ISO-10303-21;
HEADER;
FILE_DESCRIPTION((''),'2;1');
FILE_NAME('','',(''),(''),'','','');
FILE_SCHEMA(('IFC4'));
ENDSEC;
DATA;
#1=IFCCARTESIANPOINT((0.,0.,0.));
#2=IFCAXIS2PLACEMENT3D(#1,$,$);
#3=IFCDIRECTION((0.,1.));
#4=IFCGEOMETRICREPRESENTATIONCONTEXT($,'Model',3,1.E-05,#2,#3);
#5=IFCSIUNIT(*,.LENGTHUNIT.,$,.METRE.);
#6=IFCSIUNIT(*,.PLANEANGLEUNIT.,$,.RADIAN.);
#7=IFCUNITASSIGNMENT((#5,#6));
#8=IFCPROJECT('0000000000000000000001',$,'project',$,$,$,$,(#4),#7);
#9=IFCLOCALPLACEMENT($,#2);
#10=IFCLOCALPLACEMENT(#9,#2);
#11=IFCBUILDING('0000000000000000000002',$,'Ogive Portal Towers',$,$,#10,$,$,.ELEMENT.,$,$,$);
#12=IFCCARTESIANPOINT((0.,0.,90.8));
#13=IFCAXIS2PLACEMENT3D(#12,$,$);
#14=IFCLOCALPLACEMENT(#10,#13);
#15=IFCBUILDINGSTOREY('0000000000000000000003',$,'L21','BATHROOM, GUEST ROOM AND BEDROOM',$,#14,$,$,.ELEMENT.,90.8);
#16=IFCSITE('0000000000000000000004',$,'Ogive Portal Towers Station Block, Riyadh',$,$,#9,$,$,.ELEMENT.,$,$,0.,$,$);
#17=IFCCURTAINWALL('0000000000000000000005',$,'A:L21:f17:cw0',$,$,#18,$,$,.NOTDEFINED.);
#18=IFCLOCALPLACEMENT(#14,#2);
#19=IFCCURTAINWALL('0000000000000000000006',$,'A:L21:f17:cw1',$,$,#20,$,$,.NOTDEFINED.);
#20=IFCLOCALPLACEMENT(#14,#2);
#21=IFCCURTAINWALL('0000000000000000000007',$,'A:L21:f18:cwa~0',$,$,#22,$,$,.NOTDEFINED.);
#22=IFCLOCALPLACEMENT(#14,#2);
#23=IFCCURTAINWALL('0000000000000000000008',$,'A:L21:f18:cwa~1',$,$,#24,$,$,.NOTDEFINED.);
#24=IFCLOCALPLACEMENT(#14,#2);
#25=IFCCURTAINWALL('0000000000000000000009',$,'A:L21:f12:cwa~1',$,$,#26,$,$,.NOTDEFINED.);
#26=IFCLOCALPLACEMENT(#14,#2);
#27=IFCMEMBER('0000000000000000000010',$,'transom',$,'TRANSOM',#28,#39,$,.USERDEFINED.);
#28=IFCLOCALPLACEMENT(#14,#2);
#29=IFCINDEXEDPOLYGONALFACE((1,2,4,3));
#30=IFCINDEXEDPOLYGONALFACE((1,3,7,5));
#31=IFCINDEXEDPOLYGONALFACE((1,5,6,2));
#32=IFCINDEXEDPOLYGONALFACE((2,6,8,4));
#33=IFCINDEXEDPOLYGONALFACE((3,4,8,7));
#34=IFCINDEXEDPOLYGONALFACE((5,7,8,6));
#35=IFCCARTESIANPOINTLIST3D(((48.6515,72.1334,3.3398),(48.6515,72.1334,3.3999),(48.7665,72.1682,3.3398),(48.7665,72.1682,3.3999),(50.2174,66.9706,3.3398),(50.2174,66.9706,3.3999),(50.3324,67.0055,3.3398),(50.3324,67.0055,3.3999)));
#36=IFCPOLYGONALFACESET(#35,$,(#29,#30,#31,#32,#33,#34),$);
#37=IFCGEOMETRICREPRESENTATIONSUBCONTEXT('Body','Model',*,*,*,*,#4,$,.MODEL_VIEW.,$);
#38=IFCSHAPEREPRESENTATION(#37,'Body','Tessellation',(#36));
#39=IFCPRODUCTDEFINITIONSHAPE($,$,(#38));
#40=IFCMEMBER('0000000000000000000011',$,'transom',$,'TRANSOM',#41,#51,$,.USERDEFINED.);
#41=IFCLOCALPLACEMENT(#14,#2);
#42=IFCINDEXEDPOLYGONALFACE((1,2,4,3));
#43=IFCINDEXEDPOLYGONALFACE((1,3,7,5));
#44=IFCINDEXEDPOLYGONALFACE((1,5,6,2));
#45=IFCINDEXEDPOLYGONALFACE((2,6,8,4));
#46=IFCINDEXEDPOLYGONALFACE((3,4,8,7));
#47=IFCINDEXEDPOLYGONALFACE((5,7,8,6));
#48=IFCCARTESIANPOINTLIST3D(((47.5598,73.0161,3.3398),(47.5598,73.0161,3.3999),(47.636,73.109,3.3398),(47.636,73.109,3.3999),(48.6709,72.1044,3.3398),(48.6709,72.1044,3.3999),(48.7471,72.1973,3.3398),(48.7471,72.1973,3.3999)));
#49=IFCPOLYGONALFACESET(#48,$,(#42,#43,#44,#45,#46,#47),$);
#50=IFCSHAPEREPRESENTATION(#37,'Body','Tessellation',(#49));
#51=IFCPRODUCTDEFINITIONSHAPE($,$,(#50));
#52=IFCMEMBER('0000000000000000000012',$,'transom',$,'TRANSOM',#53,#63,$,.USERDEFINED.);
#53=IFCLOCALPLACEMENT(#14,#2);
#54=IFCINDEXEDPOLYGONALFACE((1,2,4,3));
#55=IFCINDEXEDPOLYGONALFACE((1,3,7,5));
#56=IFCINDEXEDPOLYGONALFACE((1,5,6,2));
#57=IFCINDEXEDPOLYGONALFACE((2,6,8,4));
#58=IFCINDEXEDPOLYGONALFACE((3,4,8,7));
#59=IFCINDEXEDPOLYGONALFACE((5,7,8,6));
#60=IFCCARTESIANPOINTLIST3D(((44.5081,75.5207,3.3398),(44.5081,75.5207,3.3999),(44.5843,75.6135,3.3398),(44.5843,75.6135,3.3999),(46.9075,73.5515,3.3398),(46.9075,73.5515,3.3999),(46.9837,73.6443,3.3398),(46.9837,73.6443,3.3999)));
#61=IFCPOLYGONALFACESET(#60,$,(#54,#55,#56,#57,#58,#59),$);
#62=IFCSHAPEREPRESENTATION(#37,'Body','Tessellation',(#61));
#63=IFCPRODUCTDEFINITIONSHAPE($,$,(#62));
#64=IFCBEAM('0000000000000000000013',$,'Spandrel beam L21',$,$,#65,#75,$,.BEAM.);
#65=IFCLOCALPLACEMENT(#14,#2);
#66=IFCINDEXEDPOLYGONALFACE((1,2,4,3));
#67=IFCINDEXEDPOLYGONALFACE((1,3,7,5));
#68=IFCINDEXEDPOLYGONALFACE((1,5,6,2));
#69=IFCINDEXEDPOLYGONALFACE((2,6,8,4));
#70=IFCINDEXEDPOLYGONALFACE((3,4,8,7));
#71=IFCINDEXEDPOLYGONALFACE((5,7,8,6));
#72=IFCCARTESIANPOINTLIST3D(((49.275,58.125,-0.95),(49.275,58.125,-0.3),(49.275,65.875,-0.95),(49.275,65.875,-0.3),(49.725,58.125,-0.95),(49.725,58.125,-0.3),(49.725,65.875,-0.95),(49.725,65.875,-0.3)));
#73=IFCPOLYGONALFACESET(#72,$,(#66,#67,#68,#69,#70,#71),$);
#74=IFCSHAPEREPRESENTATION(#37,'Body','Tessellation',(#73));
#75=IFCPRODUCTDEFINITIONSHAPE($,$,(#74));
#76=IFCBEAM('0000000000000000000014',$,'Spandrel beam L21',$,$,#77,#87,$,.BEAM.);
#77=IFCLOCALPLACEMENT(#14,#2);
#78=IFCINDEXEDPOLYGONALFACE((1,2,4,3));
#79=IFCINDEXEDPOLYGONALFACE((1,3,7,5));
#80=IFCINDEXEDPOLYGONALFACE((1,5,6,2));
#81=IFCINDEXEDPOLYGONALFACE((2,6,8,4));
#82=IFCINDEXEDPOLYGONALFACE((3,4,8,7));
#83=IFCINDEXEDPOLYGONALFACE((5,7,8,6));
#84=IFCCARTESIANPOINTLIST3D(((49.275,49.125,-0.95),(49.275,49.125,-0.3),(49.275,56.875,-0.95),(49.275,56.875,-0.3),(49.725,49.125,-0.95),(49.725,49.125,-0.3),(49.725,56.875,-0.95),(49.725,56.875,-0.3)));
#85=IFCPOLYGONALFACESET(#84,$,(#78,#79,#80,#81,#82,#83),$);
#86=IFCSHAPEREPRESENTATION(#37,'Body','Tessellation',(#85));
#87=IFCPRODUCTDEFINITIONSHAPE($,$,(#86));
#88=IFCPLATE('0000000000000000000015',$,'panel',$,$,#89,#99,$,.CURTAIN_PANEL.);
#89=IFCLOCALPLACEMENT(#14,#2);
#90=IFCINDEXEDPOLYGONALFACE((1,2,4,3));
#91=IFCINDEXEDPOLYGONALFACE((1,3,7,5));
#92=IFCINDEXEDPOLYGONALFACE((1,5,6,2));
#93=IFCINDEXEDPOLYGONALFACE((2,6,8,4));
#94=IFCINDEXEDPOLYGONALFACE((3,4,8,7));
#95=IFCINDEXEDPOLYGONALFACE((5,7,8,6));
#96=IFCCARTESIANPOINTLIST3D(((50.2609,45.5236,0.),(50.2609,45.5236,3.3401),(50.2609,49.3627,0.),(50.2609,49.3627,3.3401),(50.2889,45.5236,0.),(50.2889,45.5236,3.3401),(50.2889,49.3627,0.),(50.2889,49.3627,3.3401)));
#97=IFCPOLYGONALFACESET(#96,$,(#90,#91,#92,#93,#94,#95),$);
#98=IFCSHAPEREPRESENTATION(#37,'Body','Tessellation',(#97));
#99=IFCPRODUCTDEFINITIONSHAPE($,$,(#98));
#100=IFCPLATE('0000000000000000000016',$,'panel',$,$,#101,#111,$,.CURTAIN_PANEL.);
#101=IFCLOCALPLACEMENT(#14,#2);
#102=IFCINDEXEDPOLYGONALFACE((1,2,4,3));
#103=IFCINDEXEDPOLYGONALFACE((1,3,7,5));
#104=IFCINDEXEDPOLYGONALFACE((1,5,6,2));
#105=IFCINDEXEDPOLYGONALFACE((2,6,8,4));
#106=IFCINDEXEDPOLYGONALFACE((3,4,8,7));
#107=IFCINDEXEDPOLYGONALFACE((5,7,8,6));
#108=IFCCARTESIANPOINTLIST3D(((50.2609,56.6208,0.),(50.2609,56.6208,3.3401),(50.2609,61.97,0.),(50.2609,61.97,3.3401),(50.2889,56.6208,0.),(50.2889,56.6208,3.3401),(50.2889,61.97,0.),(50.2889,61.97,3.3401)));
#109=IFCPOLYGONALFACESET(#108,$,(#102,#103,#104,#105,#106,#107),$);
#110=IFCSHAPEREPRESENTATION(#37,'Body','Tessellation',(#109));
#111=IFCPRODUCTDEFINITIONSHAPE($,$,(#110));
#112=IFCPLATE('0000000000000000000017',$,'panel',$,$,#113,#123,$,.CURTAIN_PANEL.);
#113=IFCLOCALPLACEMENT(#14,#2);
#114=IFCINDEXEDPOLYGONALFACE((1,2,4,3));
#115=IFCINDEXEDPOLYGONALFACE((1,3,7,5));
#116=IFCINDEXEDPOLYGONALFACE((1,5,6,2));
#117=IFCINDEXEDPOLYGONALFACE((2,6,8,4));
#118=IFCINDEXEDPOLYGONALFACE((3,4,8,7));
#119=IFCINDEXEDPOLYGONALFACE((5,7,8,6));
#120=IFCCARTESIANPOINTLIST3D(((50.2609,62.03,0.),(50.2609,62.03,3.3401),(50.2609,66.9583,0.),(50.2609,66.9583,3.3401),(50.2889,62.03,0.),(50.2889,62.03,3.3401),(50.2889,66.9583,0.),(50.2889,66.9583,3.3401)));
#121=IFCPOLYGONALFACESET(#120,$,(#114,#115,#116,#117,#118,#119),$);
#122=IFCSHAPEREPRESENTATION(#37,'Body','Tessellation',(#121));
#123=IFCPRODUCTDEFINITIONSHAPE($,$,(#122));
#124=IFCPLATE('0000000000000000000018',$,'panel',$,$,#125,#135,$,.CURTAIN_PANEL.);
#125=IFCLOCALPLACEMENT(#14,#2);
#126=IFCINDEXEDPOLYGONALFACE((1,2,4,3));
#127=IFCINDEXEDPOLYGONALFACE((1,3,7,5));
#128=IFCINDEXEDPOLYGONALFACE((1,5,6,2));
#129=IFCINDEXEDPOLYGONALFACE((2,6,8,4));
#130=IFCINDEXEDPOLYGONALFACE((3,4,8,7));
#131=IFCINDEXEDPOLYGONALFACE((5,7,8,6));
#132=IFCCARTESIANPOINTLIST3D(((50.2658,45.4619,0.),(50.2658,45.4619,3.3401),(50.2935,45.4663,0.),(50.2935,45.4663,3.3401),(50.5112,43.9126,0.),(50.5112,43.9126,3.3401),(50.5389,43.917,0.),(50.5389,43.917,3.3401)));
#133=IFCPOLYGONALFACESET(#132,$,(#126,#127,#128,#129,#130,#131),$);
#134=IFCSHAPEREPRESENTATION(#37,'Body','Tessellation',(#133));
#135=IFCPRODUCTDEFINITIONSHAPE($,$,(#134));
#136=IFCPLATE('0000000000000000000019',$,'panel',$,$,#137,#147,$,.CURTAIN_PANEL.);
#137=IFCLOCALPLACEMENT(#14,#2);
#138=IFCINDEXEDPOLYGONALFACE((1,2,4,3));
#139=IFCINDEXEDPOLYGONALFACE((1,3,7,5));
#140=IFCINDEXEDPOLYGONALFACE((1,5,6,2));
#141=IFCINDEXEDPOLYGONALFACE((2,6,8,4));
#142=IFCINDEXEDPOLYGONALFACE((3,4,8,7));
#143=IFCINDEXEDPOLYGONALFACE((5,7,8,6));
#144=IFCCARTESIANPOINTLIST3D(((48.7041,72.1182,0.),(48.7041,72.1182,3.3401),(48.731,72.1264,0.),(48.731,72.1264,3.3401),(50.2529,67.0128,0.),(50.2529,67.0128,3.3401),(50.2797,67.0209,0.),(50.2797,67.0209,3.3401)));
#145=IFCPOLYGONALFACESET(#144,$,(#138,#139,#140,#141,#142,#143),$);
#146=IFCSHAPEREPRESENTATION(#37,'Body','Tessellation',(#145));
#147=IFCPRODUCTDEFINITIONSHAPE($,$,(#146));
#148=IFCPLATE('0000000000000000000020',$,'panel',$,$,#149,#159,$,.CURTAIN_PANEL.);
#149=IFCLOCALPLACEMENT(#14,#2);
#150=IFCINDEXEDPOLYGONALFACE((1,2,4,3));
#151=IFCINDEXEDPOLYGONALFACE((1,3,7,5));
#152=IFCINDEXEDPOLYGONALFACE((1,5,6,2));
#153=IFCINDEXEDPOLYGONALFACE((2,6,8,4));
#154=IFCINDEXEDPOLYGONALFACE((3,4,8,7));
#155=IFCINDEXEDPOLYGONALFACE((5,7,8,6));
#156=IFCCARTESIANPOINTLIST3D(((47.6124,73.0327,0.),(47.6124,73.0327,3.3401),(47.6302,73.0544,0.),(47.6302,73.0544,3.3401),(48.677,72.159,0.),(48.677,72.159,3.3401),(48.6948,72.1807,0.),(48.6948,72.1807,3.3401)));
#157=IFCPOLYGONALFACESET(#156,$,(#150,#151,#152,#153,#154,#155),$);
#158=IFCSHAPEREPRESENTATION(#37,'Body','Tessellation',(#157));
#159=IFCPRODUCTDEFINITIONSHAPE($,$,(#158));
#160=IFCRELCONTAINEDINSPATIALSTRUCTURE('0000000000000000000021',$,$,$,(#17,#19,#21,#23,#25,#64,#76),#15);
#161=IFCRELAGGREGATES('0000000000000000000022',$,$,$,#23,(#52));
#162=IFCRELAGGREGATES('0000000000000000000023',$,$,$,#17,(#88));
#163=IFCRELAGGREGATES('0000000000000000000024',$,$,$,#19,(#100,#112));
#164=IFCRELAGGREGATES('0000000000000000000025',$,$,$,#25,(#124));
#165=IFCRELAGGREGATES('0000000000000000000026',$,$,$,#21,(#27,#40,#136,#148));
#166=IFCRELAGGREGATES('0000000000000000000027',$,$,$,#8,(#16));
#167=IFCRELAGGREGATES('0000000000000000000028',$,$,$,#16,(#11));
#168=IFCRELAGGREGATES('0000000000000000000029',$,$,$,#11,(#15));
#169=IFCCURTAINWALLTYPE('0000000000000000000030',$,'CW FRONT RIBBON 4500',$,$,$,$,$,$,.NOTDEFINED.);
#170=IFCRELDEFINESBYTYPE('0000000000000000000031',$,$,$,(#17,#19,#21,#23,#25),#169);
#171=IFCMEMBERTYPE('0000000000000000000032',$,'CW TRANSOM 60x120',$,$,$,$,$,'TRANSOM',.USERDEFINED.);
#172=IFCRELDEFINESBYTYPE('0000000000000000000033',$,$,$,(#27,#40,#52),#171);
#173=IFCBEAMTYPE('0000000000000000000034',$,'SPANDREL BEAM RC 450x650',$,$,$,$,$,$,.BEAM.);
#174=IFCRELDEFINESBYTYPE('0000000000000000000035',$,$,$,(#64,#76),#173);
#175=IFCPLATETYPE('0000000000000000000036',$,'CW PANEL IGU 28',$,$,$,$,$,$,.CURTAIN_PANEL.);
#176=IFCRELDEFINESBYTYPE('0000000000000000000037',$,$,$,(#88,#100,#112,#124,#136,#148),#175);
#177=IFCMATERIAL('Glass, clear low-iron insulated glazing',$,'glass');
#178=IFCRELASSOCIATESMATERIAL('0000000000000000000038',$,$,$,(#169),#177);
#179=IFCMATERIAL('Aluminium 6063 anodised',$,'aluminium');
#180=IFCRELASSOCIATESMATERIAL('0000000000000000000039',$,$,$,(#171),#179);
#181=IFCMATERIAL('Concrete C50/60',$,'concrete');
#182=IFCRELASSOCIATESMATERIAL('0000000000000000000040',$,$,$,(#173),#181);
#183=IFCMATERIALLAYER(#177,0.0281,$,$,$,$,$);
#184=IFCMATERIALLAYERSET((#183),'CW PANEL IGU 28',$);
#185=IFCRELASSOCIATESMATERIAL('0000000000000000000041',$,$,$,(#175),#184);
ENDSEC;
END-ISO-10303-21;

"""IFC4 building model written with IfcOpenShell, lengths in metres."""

from ifc_helpers import new_model, si_unit, direction, frame, origin, origin_2d, place, context, subcontext, project, spatial, rectangle, extrude, material, layer, layer_set, material_profile, profile_set, type_object, element, aggregate, save


model = new_model("IFC4")

# Units and contexts
model_context = context("Model", 3, precision=1e-05, world=origin(), true_north=direction((0.0, 1.0)))
body_context = subcontext(model_context, "Body", "Model", "MODEL_VIEW")
ifc_project = project(units=[si_unit("LENGTHUNIT", "METRE"), si_unit("PLANEANGLEUNIT", "RADIAN")], contexts=[model_context])

# Site, building, storey
site_placement = place(None, origin())
site = spatial("IfcSite", under=ifc_project, at=site_placement, Name="Ogive Portal Towers Station Block, Riyadh", CompositionType="ELEMENT", RefElevation=0.0)
building_placement = place(site_placement, origin())
building = spatial("IfcBuilding", under=site, at=building_placement, Name="Ogive Portal Towers", CompositionType="ELEMENT")
storey_placement = place(building_placement, frame((0.0, 0.0, 90.8)))
storey = spatial("IfcBuildingStorey", under=building, at=storey_placement, Name="L21", Description="BATHROOM, GUEST ROOM AND BEDROOM", CompositionType="ELEMENT", Elevation=90.8)

# Curtain walls
ifc_material_1 = material(Name="Glass, clear low-iron insulated glazing", Category="glass")
curtain_wall_type = type_object("IfcCurtainWallType", Name="CW FRONT RIBBON 4500", PredefinedType="NOTDEFINED", material=ifc_material_1)
curtain_wall_1_placement = place(storey_placement, origin())
curtain_wall_1 = element("IfcCurtainWall", 1, at=curtain_wall_1_placement, inside=storey, type_object=curtain_wall_type, Name="A:L21:f17:cw0", PredefinedType="NOTDEFINED")
ifc_material_2 = material(Name="Aluminium 6063 anodised", Category="aluminium")
curtain_wall_2_placement = place(storey_placement, origin())
curtain_wall_2 = element("IfcCurtainWall", 2, at=curtain_wall_2_placement, inside=storey, type_object=curtain_wall_type, Name="A:L21:f17:cw1", PredefinedType="NOTDEFINED")
curtain_wall_3_placement = place(storey_placement, origin())
curtain_wall_3 = element("IfcCurtainWall", 3, at=curtain_wall_3_placement, inside=storey, type_object=curtain_wall_type, Name="A:L21:f18:cwa~0", PredefinedType="NOTDEFINED")

# Curtain wall
curtain_wall_4_placement = place(storey_placement, origin())
curtain_wall_4 = element("IfcCurtainWall", 4, at=curtain_wall_4_placement, inside=storey, type_object=curtain_wall_type, Name="A:L21:f18:cwa~1", PredefinedType="NOTDEFINED")

# Shared definitions
ifc_material_profile_1 = material_profile(ifc_material_2, rectangle(XDim=0.1201, YDim=0.0601, at=origin_2d()), Name="AL 120x60")
ifc_profile_set_1 = profile_set([ifc_material_profile_1], Name="Aluminium 6063 anodised")
member_type_1 = type_object("IfcMemberType", Name="CW TRANSOM 60x120", ElementType="TRANSOM", PredefinedType="USERDEFINED", material=ifc_profile_set_1)

# Curtain wall
curtain_wall_5_placement = place(storey_placement, origin())
curtain_wall_5 = element("IfcCurtainWall", 5, at=curtain_wall_5_placement, inside=storey, type_object=curtain_wall_type, Name="A:L21:f12:cwa~1", PredefinedType="NOTDEFINED")

# Members
member_1_placement = place(storey_placement, frame((50.2749, 66.988, 3.3699), z_axis=(-0.290249, 0.956951, 0.0), x_axis=(-0.956951, -0.290249, 0.0)))
member_1 = element("IfcMember", 6, at=member_1_placement, type_object=member_type_1, Name="transom", ObjectType="TRANSOM", PredefinedType="USERDEFINED", context=body_context, shape_type="SweptSolid", body=[
    extrude(rectangle(XDim=0.1201, YDim=0.0601, at=origin_2d()), origin(), (0.0, 0.0, 1.0), 5.395),
])
member_2_placement = place(storey_placement, frame((48.709, 72.1509, 3.3699), z_axis=(-0.773086, 0.634301, 0.0), x_axis=(-0.634301, -0.773086, 0.0)))
member_2 = element("IfcMember", 7, at=member_2_placement, type_object=member_type_1, Name="transom", ObjectType="TRANSOM", PredefinedType="USERDEFINED", context=body_context, shape_type="SweptSolid", body=[
    extrude(rectangle(XDim=0.1201, YDim=0.0601, at=origin_2d()), origin(), (0.0, 0.0, 1.0), 1.4373),
])
member_3_placement = place(storey_placement, frame((46.9456, 73.5979, 3.3699), z_axis=(-0.772996, 0.634411, 0.0), x_axis=(-0.634411, -0.772996, 0.0)))
member_3 = element("IfcMember", 8, at=member_3_placement, type_object=member_type_1, Name="transom", ObjectType="TRANSOM", PredefinedType="USERDEFINED", context=body_context, shape_type="SweptSolid", body=[
    extrude(rectangle(XDim=0.1201, YDim=0.0601, at=origin_2d()), origin(), (0.0, 0.0, 1.0), 3.104),
])
aggregate(curtain_wall_4, [member_3])

# Beams
ifc_material_3 = material(Name="Concrete C50/60", Category="concrete")
ifc_material_profile_2 = material_profile(ifc_material_3, rectangle(XDim=0.45, YDim=0.6499, at=origin_2d()), Name="RC 450x650")
ifc_profile_set_2 = profile_set([ifc_material_profile_2], Name="Concrete C50/60")
beam_type = type_object("IfcBeamType", Name="SPANDREL BEAM RC 450x650", PredefinedType="BEAM", material=ifc_profile_set_2)
for number, where, z_axis, x_axis, name in (
    (9, (49.5, 65.875, -0.625), (0.0, -1.0, 0.0), (1.0, 0.0, 0.0), "Spandrel beam L21"),
    (10, (49.5, 56.875, -0.625), (0.0, -1.0, 0.0), (1.0, 0.0, 0.0), "Spandrel beam L21"),
):
    element("IfcBeam", number, at=place(storey_placement, frame(where, z_axis=z_axis, x_axis=x_axis)), inside=storey, type_object=beam_type, Name=name, PredefinedType="BEAM", context=body_context, shape_type="SweptSolid", body=[
        extrude(rectangle(XDim=0.45, YDim=0.6499, at=origin_2d()), origin(), (0.0, 0.0, 1.0), 7.75),
    ])

# Plates
ifc_layer_1 = layer(ifc_material_1, 0.0281)
ifc_layer_set_1 = layer_set([ifc_layer_1], Name="CW PANEL IGU 28")
plate_type = type_object("IfcPlateType", Name="CW PANEL IGU 28", PredefinedType="CURTAIN_PANEL", material=ifc_layer_set_1)
plate_1_placement = place(storey_placement, frame((50.2749, 47.4431, 0.0), z_axis=(0.0, 0.0, 1.0), x_axis=(0.0, 1.0, 0.0)))
plate_1 = element("IfcPlate", 11, at=plate_1_placement, type_object=plate_type, Name="panel", PredefinedType="CURTAIN_PANEL", context=body_context, shape_type="SweptSolid", body=[
    extrude(rectangle(XDim=3.8391, YDim=0.0281, at=origin_2d()), origin(), (0.0, 0.0, 1.0), 3.3401),
])
aggregate(curtain_wall_1, [plate_1])
plate_2_placement = place(storey_placement, frame((50.2749, 59.2954, 0.0), z_axis=(0.0, 0.0, 1.0), x_axis=(0.0, 1.0, 0.0)))
plate_2 = element("IfcPlate", 12, at=plate_2_placement, type_object=plate_type, Name="panel", PredefinedType="CURTAIN_PANEL", context=body_context, shape_type="SweptSolid", body=[
    extrude(rectangle(XDim=5.3491, YDim=0.0281, at=origin_2d()), origin(), (0.0, 0.0, 1.0), 3.3401),
])
plate_3_placement = place(storey_placement, frame((50.2749, 64.4941, 0.0), z_axis=(0.0, 0.0, 1.0), x_axis=(0.0, 1.0, 0.0)))
plate_3 = element("IfcPlate", 13, at=plate_3_placement, type_object=plate_type, Name="panel", PredefinedType="CURTAIN_PANEL", context=body_context, shape_type="SweptSolid", body=[
    extrude(rectangle(XDim=4.9282, YDim=0.0281, at=origin_2d()), origin(), (0.0, 0.0, 1.0), 3.3401),
])
aggregate(curtain_wall_2, [plate_2, plate_3])
plate_4_placement = place(storey_placement, frame((50.4023, 44.6895, 0.0), z_axis=(0.0, 0.0, 1.0), x_axis=(-0.156434, 0.987688, 0.0)))
plate_4 = element("IfcPlate", 14, at=plate_4_placement, type_object=plate_type, Name="panel", PredefinedType="CURTAIN_PANEL", context=body_context, shape_type="SweptSolid", body=[
    extrude(rectangle(XDim=1.5686, YDim=0.0281, at=origin_2d()), origin(), (0.0, 0.0, 1.0), 3.3401),
])
aggregate(curtain_wall_5, [plate_4])
plate_5_placement = place(storey_placement, frame((49.4919, 69.5696, 0.0), z_axis=(0.0, 0.0, 1.0), x_axis=(-0.290285, 0.95694, 0.0)))
plate_5 = element("IfcPlate", 15, at=plate_5_placement, type_object=plate_type, Name="panel", PredefinedType="CURTAIN_PANEL", context=body_context, shape_type="SweptSolid", body=[
    extrude(rectangle(XDim=5.3352, YDim=0.0281, at=origin_2d()), origin(), (0.0, 0.0, 1.0), 3.3401),
])
plate_6_placement = place(storey_placement, frame((48.1536, 72.6067, 0.0), z_axis=(0.0, 0.0, 1.0), x_axis=(-0.77301, 0.634393, 0.0)))
plate_6 = element("IfcPlate", 16, at=plate_6_placement, type_object=plate_type, Name="panel", PredefinedType="CURTAIN_PANEL", context=body_context, shape_type="SweptSolid", body=[
    extrude(rectangle(XDim=1.3772, YDim=0.0281, at=origin_2d()), origin(), (0.0, 0.0, 1.0), 3.3401),
])
aggregate(curtain_wall_3, [member_1, member_2, plate_5, plate_6])

save(model, "model.ifc")
